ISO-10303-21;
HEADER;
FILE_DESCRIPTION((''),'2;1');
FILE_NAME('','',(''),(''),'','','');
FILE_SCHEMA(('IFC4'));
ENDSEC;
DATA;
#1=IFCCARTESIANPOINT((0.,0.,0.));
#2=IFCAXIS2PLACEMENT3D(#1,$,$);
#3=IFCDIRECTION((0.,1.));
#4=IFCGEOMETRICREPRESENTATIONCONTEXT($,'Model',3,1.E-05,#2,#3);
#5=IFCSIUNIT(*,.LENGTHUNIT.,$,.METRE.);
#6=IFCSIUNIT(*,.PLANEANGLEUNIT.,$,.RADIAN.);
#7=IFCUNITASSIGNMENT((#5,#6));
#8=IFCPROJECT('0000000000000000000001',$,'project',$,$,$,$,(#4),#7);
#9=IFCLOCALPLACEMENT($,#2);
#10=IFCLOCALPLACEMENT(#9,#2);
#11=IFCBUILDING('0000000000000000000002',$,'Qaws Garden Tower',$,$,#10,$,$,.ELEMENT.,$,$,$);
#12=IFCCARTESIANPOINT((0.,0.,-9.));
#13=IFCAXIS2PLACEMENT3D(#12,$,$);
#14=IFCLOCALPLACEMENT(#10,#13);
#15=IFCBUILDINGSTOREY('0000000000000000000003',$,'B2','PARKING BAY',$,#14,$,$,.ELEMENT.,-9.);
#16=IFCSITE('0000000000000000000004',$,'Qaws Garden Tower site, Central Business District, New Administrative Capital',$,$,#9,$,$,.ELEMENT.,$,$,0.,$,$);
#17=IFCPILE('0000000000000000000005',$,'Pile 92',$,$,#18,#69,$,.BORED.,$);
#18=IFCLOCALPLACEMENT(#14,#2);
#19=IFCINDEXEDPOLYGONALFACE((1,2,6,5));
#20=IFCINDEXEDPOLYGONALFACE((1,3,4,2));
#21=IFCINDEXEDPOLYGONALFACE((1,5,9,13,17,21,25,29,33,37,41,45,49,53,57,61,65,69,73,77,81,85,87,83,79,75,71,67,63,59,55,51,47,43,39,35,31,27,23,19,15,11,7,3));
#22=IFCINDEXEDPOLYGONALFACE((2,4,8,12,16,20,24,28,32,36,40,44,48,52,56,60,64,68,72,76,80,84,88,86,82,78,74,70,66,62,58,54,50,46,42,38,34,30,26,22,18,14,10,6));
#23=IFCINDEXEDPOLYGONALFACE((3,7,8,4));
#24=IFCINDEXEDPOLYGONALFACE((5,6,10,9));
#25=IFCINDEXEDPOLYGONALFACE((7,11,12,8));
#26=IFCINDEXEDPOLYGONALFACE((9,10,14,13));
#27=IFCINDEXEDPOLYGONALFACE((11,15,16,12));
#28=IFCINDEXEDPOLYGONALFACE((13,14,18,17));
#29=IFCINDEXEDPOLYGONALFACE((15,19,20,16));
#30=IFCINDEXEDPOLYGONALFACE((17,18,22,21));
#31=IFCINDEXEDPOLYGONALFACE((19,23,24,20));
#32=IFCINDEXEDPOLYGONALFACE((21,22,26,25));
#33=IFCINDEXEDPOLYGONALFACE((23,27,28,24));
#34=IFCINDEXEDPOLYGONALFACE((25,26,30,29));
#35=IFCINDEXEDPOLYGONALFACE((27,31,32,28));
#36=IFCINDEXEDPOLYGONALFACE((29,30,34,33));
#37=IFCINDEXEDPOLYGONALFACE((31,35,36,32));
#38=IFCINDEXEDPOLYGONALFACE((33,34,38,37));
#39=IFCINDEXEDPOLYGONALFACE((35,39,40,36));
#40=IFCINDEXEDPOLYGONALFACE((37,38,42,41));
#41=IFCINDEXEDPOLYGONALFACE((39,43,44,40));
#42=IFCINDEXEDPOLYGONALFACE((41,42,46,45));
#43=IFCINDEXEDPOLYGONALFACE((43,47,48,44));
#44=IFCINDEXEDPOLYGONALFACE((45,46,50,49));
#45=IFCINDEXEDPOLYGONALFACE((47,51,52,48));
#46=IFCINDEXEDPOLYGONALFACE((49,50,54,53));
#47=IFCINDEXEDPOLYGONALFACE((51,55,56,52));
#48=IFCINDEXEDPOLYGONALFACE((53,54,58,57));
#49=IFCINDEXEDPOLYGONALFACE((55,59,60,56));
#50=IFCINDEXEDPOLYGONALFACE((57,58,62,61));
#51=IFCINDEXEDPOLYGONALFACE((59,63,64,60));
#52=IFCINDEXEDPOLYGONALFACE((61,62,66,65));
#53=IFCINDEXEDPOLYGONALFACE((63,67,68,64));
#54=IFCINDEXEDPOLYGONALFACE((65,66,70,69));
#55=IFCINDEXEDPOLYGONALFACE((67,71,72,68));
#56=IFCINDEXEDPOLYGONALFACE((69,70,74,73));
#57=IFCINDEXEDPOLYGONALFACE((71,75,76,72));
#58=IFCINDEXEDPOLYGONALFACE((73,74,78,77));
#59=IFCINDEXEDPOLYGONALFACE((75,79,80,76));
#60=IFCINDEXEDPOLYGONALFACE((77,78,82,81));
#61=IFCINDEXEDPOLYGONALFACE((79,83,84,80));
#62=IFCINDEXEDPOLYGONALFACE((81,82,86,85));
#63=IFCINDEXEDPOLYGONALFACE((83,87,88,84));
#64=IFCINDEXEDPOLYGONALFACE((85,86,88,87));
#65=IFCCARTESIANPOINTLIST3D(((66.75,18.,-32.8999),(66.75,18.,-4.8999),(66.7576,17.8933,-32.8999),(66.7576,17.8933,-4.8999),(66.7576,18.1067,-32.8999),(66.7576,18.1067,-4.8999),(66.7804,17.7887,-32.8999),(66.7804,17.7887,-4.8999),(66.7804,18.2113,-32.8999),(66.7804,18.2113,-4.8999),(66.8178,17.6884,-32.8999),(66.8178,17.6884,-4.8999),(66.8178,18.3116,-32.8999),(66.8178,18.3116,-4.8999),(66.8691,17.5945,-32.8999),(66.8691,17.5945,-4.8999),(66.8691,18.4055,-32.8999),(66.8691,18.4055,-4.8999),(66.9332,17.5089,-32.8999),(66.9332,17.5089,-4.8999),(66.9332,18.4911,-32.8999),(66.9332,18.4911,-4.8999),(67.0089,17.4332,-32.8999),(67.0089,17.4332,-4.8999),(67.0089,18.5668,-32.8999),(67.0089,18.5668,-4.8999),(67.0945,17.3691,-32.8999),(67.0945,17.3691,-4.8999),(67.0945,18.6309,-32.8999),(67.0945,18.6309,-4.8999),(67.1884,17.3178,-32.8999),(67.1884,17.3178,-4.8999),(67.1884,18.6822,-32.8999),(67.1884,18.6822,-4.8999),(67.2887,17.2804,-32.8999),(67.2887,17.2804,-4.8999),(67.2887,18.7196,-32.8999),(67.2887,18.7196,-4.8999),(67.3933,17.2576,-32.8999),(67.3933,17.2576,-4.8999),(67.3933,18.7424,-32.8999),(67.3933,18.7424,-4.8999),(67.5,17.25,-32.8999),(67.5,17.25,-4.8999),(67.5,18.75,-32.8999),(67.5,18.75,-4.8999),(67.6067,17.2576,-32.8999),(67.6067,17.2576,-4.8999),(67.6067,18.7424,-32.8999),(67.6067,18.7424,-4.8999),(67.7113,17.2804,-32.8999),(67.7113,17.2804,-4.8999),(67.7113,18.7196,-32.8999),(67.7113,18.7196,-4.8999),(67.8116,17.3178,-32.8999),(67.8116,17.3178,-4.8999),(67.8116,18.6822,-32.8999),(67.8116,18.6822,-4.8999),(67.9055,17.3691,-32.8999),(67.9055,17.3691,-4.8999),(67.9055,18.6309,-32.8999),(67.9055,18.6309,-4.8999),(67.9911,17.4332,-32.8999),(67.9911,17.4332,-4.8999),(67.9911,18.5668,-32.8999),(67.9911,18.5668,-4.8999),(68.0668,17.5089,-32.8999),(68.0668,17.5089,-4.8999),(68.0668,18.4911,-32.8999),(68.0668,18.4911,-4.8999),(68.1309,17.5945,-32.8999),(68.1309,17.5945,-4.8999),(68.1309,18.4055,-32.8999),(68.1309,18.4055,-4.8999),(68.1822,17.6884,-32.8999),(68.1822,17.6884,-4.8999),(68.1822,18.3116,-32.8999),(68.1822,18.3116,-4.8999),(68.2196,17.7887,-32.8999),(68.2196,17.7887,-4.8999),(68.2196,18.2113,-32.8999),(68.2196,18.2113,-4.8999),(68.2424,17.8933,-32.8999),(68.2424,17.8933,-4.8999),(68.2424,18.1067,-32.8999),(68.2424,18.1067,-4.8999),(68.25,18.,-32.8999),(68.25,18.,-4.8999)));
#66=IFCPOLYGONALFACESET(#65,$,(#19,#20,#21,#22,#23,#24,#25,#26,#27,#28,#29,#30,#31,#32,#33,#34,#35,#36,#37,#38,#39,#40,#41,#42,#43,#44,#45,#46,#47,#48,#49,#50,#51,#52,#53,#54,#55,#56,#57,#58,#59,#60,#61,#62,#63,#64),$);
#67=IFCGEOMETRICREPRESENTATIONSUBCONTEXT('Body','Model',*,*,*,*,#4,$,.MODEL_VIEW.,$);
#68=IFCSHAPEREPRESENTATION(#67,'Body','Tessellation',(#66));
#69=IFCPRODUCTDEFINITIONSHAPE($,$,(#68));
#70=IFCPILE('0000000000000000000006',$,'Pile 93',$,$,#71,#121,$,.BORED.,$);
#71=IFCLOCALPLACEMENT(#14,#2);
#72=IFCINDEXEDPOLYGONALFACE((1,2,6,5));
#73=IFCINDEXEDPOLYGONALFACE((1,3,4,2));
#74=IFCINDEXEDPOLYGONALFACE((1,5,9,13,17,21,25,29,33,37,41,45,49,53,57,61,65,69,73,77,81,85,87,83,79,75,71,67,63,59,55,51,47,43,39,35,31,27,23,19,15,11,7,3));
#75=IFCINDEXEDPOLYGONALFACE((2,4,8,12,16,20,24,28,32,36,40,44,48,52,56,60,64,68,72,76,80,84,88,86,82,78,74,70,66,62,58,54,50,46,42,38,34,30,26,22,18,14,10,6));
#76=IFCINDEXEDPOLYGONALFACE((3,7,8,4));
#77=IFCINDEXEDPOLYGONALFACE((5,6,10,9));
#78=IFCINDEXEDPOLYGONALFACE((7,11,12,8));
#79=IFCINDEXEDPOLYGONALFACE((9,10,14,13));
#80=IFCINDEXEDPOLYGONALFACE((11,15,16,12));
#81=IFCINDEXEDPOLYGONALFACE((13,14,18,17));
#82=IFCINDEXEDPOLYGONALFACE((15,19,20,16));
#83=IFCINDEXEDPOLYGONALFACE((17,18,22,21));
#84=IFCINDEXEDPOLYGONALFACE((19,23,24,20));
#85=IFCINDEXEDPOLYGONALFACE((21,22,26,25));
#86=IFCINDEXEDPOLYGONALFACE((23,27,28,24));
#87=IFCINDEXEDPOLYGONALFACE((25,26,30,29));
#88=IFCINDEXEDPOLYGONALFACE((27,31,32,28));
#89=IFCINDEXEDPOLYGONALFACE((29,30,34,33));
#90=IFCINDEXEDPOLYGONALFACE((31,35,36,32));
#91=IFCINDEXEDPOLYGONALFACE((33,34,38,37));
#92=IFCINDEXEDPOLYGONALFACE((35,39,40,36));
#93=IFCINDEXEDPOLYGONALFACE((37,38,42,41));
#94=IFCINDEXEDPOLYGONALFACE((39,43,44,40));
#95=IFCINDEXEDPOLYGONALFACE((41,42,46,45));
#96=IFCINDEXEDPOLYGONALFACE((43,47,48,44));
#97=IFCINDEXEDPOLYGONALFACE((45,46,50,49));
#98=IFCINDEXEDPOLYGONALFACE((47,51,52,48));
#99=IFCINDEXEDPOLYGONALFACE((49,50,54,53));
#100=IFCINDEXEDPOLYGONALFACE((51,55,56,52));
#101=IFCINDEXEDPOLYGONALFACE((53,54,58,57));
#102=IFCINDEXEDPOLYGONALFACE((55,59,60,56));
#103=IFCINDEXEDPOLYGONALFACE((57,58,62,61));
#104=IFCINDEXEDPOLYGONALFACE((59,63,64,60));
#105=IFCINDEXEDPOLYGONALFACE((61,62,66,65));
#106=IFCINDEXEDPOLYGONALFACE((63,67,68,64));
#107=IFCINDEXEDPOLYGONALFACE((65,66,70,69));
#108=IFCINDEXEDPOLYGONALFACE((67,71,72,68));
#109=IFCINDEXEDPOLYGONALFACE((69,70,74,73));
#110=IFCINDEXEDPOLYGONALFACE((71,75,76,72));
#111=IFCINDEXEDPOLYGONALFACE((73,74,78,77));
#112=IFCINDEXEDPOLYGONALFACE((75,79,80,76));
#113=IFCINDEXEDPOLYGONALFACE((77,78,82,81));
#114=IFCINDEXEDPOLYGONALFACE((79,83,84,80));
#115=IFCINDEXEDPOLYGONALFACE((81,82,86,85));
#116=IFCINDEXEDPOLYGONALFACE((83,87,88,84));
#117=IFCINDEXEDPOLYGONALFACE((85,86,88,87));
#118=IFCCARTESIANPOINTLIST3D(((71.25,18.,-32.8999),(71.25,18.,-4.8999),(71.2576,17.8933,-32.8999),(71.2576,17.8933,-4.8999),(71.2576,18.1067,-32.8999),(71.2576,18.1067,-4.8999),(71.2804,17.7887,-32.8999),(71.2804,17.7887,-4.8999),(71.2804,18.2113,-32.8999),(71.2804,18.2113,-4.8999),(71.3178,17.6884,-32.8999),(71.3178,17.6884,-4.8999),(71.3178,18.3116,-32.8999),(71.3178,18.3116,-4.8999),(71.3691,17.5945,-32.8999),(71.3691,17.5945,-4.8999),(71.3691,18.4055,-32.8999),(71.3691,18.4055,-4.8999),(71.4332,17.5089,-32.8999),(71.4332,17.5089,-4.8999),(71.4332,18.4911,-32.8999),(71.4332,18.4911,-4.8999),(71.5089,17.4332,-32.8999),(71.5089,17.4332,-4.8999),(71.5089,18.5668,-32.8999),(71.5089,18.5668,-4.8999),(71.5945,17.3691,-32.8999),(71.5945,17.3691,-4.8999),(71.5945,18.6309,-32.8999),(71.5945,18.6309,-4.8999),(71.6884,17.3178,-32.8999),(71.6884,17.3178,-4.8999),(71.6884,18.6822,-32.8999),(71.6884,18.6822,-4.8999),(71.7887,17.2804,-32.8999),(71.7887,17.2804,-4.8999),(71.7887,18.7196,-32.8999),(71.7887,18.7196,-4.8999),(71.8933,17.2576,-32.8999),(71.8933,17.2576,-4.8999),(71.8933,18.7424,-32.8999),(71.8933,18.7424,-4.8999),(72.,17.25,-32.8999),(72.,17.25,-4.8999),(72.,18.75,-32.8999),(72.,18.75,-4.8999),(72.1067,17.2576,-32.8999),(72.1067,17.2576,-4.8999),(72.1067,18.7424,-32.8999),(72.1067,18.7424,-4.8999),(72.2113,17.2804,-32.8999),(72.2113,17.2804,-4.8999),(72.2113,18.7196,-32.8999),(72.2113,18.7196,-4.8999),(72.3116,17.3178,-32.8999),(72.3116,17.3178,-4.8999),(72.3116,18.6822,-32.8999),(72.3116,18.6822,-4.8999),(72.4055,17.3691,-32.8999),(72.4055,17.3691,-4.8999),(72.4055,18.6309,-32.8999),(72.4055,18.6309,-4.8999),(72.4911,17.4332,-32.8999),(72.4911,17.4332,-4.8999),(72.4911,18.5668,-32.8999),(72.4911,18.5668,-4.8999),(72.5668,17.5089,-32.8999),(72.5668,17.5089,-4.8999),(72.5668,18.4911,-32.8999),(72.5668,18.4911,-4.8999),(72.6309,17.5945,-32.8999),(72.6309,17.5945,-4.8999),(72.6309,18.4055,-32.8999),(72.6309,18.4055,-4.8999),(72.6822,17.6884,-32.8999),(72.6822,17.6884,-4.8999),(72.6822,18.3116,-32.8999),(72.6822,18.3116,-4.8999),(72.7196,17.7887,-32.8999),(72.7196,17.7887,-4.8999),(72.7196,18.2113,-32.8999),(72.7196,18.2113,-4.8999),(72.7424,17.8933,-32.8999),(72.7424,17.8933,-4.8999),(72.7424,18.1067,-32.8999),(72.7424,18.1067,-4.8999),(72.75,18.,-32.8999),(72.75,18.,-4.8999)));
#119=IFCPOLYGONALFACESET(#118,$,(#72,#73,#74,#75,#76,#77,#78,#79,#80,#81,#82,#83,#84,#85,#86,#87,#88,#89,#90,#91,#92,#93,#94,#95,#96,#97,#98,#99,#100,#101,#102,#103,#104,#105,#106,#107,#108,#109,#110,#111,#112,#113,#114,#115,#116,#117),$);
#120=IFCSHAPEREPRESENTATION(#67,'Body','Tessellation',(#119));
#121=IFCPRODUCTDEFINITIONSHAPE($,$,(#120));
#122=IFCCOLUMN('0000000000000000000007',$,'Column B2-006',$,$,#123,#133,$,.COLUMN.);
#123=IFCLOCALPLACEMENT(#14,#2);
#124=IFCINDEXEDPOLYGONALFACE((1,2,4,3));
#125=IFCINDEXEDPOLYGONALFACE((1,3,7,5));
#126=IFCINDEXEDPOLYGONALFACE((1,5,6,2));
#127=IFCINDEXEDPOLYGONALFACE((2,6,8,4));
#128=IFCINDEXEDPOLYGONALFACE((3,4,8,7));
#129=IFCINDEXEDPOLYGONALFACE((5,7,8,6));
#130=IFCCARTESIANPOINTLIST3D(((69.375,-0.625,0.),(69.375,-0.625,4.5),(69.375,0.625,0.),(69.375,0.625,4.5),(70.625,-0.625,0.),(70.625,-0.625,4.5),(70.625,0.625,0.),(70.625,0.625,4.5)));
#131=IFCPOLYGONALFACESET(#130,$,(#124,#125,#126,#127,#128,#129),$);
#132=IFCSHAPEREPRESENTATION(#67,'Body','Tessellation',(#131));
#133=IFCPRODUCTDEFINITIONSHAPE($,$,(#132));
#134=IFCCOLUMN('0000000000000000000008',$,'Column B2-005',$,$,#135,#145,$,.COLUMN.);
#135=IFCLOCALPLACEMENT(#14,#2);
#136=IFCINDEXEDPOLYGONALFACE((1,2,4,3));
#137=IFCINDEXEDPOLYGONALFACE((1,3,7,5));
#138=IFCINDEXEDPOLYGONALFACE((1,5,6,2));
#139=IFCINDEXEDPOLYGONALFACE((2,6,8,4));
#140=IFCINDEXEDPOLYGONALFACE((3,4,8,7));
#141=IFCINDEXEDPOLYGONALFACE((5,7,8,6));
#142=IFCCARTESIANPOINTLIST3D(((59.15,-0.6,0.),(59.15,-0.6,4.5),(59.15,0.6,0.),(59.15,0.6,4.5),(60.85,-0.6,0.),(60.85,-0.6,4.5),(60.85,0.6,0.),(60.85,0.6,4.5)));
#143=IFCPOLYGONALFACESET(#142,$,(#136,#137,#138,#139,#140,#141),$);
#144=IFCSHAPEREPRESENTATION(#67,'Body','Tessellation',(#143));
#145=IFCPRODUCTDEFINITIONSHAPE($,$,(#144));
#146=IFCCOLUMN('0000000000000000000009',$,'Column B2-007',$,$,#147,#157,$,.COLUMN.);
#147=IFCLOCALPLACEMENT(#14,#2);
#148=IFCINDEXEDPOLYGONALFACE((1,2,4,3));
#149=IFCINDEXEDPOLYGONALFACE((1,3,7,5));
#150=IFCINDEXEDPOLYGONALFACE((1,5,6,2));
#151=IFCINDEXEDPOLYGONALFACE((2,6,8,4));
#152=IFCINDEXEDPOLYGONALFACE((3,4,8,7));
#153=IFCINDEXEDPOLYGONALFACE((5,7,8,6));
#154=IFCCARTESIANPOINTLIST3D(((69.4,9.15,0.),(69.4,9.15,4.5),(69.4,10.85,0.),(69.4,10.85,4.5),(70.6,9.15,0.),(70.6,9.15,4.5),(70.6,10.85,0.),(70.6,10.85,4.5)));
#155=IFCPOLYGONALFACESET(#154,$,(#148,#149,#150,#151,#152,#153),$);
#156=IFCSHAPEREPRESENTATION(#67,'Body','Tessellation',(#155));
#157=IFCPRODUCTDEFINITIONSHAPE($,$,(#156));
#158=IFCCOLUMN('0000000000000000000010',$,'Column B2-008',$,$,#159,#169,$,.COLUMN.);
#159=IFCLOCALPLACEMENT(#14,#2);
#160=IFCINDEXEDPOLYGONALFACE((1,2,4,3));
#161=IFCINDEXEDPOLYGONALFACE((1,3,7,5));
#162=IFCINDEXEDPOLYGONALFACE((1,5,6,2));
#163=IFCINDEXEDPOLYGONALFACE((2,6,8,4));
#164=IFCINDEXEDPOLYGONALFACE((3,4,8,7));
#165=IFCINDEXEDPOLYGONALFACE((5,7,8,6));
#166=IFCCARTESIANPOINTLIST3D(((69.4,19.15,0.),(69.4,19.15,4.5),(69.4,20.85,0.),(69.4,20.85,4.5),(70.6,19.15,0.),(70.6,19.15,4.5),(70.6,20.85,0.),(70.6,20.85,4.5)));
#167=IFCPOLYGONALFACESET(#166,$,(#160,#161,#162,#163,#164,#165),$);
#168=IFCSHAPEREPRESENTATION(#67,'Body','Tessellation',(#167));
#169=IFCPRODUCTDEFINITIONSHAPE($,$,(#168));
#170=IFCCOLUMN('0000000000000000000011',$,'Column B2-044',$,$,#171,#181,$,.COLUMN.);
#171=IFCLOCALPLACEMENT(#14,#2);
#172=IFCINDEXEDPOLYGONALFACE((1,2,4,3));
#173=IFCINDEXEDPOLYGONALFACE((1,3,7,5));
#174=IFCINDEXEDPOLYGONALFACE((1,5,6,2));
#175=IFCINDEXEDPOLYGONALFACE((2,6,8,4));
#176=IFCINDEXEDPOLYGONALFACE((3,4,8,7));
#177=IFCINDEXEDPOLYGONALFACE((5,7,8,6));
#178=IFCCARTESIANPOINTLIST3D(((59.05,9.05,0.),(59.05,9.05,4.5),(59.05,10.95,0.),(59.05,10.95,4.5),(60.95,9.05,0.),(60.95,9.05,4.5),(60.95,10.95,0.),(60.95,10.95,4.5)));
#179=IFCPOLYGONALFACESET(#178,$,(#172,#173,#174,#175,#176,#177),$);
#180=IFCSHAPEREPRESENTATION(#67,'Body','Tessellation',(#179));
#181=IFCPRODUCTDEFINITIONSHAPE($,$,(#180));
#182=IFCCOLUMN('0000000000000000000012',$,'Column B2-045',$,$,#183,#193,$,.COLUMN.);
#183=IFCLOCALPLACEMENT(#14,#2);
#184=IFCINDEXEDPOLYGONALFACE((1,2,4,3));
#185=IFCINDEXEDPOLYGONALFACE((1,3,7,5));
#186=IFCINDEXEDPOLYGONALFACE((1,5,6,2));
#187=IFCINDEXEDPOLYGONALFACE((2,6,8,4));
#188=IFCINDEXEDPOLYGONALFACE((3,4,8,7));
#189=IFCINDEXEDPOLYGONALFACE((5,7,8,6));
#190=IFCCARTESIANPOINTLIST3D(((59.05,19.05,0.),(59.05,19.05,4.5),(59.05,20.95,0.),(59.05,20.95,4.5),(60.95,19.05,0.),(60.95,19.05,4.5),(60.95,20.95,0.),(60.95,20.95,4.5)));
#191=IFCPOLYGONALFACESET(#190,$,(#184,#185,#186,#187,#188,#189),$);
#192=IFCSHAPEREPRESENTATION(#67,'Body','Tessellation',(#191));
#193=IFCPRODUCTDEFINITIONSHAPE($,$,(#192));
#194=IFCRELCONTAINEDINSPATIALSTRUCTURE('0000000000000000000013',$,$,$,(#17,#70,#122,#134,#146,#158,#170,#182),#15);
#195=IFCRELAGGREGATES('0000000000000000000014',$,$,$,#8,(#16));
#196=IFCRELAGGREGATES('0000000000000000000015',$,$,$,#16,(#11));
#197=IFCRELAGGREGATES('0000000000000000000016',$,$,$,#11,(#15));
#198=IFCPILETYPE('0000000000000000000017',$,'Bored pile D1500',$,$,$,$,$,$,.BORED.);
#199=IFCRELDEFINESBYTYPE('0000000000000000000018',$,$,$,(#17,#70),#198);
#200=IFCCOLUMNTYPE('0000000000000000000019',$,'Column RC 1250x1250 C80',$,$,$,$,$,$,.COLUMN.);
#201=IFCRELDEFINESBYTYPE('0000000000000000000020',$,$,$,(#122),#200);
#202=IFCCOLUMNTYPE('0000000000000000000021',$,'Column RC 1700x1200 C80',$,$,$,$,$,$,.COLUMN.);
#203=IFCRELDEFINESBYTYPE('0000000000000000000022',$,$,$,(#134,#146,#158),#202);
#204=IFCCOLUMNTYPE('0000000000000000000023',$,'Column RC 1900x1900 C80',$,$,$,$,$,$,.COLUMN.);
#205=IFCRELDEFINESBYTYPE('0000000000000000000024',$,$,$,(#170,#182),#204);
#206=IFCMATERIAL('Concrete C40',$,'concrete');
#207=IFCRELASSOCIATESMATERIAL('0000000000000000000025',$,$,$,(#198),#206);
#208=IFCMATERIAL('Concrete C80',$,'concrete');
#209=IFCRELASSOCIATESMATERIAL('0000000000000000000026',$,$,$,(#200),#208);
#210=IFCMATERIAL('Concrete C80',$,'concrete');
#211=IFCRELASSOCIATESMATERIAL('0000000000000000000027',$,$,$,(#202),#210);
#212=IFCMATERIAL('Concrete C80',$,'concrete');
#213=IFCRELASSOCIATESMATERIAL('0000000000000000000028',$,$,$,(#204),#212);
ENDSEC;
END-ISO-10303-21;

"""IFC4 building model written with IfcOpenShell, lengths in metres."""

from ifc_helpers import new_model, si_unit, direction, frame, origin, origin_2d, place, context, subcontext, project, spatial, rectangle, circle, extrude, material, material_profile, profile_set, type_object, element, save


model = new_model("IFC4")

# Units and contexts
model_context = context("Model", 3, precision=1e-05, world=origin(), true_north=direction((0.0, 1.0)))
body_context = subcontext(model_context, "Body", "Model", "MODEL_VIEW")
ifc_project = project(units=[si_unit("LENGTHUNIT", "METRE"), si_unit("PLANEANGLEUNIT", "RADIAN")], contexts=[model_context])

# Site, building, storey
site_placement = place(None, origin())
site = spatial("IfcSite", under=ifc_project, at=site_placement, Name="Qaws Garden Tower site, Central Business District, New Administrative Capital", CompositionType="ELEMENT", RefElevation=0.0)
building_placement = place(site_placement, origin())
building = spatial("IfcBuilding", under=site, at=building_placement, Name="Qaws Garden Tower", CompositionType="ELEMENT")
storey_placement = place(building_placement, frame((0.0, 0.0, -9.0)))
storey = spatial("IfcBuildingStorey", under=building, at=storey_placement, Name="B2", Description="PARKING BAY", CompositionType="ELEMENT", Elevation=-9.0)

# Piles
ifc_material_1 = material(Name="Concrete C40", Category="concrete")
ifc_material_profile_1 = material_profile(ifc_material_1, circle(Radius=0.75, at=origin_2d()), Name="Bored pile D1500")
ifc_profile_set_1 = profile_set([ifc_material_profile_1], Name="Concrete C40")
pile_type = type_object("IfcPileType", Name="Bored pile D1500", PredefinedType="BORED", material=ifc_profile_set_1)
for number, where, z_axis, x_axis, name in (
    (1, (67.5, 18.0, -4.8999), (0.0, 0.0, -1.0), (1.0, 0.0, 0.0), "Pile 92"),
    (2, (72.0, 18.0, -4.8999), (0.0, 0.0, -1.0), (1.0, 0.0, 0.0), "Pile 93"),
):
    element("IfcPile", number, at=place(storey_placement, frame(where, z_axis=z_axis, x_axis=x_axis)), inside=storey, type_object=pile_type, Name=name, PredefinedType="BORED", context=body_context, shape_type="SweptSolid", body=[
        extrude(circle(Radius=0.75, at=origin_2d()), origin(), (0.0, 0.0, 1.0), 28.0),
    ])

# Columns
ifc_material_2 = material(Name="Concrete C80", Category="concrete")
ifc_material_profile_2 = material_profile(ifc_material_2, rectangle(XDim=1.25, YDim=1.25, at=origin_2d()), Name="RC 1250x1250")
ifc_profile_set_2 = profile_set([ifc_material_profile_2], Name="Concrete C80")
column_type_1 = type_object("IfcColumnType", Name="Column RC 1250x1250 C80", PredefinedType="COLUMN", material=ifc_profile_set_2)
column_placement = place(storey_placement, frame((70.0, 0.0, 0.0), z_axis=(0.0, 0.0, 1.0), x_axis=(1.0, 0.0, 0.0)))
element("IfcColumn", 3, at=column_placement, inside=storey, type_object=column_type_1, Name="Column B2-006", PredefinedType="COLUMN", context=body_context, shape_type="SweptSolid", body=[
    extrude(rectangle(XDim=1.25, YDim=1.25, at=origin_2d()), origin(), (0.0, 0.0, 1.0), 4.5),
])
ifc_material_3 = material(Name="Concrete C80", Category="concrete")
ifc_material_profile_3 = material_profile(ifc_material_3, rectangle(XDim=1.7, YDim=1.2, at=origin_2d()), Name="RC 1700x1200")
ifc_profile_set_3 = profile_set([ifc_material_profile_3], Name="Concrete C80")
column_type_2 = type_object("IfcColumnType", Name="Column RC 1700x1200 C80", PredefinedType="COLUMN", material=ifc_profile_set_3)
for number, where, z_axis, x_axis, name in (
    (4, (60.0, 0.0, 0.0), (0.0, 0.0, 1.0), (1.0, 0.0, 0.0), "Column B2-005"),
    (5, (70.0, 10.0, 0.0), (0.0, 0.0, 1.0), (0.0, 1.0, 0.0), "Column B2-007"),
    (6, (70.0, 20.0, 0.0), (0.0, 0.0, 1.0), (0.0, 1.0, 0.0), "Column B2-008"),
):
    element("IfcColumn", number, at=place(storey_placement, frame(where, z_axis=z_axis, x_axis=x_axis)), inside=storey, type_object=column_type_2, Name=name, PredefinedType="COLUMN", context=body_context, shape_type="SweptSolid", body=[
        extrude(rectangle(XDim=1.7, YDim=1.2, at=origin_2d()), origin(), (0.0, 0.0, 1.0), 4.5),
    ])
ifc_material_4 = material(Name="Concrete C80", Category="concrete")
ifc_material_profile_4 = material_profile(ifc_material_4, rectangle(XDim=1.8999, YDim=1.8999, at=origin_2d()), Name="RC 1900x1900")
ifc_profile_set_4 = profile_set([ifc_material_profile_4], Name="Concrete C80")
column_type_3 = type_object("IfcColumnType", Name="Column RC 1900x1900 C80", PredefinedType="COLUMN", material=ifc_profile_set_4)
for number, where, z_axis, x_axis, name in (
    (7, (60.0, 10.0, 0.0), (0.0, 0.0, 1.0), (1.0, 0.0, 0.0), "Column B2-044"),
    (8, (60.0, 20.0, 0.0), (0.0, 0.0, 1.0), (1.0, 0.0, 0.0), "Column B2-045"),
):
    element("IfcColumn", number, at=place(storey_placement, frame(where, z_axis=z_axis, x_axis=x_axis)), inside=storey, type_object=column_type_3, Name=name, PredefinedType="COLUMN", context=body_context, shape_type="SweptSolid", body=[
        extrude(rectangle(XDim=1.8999, YDim=1.8999, at=origin_2d()), origin(), (0.0, 0.0, 1.0), 4.5),
    ])

save(model, "model.ifc")
